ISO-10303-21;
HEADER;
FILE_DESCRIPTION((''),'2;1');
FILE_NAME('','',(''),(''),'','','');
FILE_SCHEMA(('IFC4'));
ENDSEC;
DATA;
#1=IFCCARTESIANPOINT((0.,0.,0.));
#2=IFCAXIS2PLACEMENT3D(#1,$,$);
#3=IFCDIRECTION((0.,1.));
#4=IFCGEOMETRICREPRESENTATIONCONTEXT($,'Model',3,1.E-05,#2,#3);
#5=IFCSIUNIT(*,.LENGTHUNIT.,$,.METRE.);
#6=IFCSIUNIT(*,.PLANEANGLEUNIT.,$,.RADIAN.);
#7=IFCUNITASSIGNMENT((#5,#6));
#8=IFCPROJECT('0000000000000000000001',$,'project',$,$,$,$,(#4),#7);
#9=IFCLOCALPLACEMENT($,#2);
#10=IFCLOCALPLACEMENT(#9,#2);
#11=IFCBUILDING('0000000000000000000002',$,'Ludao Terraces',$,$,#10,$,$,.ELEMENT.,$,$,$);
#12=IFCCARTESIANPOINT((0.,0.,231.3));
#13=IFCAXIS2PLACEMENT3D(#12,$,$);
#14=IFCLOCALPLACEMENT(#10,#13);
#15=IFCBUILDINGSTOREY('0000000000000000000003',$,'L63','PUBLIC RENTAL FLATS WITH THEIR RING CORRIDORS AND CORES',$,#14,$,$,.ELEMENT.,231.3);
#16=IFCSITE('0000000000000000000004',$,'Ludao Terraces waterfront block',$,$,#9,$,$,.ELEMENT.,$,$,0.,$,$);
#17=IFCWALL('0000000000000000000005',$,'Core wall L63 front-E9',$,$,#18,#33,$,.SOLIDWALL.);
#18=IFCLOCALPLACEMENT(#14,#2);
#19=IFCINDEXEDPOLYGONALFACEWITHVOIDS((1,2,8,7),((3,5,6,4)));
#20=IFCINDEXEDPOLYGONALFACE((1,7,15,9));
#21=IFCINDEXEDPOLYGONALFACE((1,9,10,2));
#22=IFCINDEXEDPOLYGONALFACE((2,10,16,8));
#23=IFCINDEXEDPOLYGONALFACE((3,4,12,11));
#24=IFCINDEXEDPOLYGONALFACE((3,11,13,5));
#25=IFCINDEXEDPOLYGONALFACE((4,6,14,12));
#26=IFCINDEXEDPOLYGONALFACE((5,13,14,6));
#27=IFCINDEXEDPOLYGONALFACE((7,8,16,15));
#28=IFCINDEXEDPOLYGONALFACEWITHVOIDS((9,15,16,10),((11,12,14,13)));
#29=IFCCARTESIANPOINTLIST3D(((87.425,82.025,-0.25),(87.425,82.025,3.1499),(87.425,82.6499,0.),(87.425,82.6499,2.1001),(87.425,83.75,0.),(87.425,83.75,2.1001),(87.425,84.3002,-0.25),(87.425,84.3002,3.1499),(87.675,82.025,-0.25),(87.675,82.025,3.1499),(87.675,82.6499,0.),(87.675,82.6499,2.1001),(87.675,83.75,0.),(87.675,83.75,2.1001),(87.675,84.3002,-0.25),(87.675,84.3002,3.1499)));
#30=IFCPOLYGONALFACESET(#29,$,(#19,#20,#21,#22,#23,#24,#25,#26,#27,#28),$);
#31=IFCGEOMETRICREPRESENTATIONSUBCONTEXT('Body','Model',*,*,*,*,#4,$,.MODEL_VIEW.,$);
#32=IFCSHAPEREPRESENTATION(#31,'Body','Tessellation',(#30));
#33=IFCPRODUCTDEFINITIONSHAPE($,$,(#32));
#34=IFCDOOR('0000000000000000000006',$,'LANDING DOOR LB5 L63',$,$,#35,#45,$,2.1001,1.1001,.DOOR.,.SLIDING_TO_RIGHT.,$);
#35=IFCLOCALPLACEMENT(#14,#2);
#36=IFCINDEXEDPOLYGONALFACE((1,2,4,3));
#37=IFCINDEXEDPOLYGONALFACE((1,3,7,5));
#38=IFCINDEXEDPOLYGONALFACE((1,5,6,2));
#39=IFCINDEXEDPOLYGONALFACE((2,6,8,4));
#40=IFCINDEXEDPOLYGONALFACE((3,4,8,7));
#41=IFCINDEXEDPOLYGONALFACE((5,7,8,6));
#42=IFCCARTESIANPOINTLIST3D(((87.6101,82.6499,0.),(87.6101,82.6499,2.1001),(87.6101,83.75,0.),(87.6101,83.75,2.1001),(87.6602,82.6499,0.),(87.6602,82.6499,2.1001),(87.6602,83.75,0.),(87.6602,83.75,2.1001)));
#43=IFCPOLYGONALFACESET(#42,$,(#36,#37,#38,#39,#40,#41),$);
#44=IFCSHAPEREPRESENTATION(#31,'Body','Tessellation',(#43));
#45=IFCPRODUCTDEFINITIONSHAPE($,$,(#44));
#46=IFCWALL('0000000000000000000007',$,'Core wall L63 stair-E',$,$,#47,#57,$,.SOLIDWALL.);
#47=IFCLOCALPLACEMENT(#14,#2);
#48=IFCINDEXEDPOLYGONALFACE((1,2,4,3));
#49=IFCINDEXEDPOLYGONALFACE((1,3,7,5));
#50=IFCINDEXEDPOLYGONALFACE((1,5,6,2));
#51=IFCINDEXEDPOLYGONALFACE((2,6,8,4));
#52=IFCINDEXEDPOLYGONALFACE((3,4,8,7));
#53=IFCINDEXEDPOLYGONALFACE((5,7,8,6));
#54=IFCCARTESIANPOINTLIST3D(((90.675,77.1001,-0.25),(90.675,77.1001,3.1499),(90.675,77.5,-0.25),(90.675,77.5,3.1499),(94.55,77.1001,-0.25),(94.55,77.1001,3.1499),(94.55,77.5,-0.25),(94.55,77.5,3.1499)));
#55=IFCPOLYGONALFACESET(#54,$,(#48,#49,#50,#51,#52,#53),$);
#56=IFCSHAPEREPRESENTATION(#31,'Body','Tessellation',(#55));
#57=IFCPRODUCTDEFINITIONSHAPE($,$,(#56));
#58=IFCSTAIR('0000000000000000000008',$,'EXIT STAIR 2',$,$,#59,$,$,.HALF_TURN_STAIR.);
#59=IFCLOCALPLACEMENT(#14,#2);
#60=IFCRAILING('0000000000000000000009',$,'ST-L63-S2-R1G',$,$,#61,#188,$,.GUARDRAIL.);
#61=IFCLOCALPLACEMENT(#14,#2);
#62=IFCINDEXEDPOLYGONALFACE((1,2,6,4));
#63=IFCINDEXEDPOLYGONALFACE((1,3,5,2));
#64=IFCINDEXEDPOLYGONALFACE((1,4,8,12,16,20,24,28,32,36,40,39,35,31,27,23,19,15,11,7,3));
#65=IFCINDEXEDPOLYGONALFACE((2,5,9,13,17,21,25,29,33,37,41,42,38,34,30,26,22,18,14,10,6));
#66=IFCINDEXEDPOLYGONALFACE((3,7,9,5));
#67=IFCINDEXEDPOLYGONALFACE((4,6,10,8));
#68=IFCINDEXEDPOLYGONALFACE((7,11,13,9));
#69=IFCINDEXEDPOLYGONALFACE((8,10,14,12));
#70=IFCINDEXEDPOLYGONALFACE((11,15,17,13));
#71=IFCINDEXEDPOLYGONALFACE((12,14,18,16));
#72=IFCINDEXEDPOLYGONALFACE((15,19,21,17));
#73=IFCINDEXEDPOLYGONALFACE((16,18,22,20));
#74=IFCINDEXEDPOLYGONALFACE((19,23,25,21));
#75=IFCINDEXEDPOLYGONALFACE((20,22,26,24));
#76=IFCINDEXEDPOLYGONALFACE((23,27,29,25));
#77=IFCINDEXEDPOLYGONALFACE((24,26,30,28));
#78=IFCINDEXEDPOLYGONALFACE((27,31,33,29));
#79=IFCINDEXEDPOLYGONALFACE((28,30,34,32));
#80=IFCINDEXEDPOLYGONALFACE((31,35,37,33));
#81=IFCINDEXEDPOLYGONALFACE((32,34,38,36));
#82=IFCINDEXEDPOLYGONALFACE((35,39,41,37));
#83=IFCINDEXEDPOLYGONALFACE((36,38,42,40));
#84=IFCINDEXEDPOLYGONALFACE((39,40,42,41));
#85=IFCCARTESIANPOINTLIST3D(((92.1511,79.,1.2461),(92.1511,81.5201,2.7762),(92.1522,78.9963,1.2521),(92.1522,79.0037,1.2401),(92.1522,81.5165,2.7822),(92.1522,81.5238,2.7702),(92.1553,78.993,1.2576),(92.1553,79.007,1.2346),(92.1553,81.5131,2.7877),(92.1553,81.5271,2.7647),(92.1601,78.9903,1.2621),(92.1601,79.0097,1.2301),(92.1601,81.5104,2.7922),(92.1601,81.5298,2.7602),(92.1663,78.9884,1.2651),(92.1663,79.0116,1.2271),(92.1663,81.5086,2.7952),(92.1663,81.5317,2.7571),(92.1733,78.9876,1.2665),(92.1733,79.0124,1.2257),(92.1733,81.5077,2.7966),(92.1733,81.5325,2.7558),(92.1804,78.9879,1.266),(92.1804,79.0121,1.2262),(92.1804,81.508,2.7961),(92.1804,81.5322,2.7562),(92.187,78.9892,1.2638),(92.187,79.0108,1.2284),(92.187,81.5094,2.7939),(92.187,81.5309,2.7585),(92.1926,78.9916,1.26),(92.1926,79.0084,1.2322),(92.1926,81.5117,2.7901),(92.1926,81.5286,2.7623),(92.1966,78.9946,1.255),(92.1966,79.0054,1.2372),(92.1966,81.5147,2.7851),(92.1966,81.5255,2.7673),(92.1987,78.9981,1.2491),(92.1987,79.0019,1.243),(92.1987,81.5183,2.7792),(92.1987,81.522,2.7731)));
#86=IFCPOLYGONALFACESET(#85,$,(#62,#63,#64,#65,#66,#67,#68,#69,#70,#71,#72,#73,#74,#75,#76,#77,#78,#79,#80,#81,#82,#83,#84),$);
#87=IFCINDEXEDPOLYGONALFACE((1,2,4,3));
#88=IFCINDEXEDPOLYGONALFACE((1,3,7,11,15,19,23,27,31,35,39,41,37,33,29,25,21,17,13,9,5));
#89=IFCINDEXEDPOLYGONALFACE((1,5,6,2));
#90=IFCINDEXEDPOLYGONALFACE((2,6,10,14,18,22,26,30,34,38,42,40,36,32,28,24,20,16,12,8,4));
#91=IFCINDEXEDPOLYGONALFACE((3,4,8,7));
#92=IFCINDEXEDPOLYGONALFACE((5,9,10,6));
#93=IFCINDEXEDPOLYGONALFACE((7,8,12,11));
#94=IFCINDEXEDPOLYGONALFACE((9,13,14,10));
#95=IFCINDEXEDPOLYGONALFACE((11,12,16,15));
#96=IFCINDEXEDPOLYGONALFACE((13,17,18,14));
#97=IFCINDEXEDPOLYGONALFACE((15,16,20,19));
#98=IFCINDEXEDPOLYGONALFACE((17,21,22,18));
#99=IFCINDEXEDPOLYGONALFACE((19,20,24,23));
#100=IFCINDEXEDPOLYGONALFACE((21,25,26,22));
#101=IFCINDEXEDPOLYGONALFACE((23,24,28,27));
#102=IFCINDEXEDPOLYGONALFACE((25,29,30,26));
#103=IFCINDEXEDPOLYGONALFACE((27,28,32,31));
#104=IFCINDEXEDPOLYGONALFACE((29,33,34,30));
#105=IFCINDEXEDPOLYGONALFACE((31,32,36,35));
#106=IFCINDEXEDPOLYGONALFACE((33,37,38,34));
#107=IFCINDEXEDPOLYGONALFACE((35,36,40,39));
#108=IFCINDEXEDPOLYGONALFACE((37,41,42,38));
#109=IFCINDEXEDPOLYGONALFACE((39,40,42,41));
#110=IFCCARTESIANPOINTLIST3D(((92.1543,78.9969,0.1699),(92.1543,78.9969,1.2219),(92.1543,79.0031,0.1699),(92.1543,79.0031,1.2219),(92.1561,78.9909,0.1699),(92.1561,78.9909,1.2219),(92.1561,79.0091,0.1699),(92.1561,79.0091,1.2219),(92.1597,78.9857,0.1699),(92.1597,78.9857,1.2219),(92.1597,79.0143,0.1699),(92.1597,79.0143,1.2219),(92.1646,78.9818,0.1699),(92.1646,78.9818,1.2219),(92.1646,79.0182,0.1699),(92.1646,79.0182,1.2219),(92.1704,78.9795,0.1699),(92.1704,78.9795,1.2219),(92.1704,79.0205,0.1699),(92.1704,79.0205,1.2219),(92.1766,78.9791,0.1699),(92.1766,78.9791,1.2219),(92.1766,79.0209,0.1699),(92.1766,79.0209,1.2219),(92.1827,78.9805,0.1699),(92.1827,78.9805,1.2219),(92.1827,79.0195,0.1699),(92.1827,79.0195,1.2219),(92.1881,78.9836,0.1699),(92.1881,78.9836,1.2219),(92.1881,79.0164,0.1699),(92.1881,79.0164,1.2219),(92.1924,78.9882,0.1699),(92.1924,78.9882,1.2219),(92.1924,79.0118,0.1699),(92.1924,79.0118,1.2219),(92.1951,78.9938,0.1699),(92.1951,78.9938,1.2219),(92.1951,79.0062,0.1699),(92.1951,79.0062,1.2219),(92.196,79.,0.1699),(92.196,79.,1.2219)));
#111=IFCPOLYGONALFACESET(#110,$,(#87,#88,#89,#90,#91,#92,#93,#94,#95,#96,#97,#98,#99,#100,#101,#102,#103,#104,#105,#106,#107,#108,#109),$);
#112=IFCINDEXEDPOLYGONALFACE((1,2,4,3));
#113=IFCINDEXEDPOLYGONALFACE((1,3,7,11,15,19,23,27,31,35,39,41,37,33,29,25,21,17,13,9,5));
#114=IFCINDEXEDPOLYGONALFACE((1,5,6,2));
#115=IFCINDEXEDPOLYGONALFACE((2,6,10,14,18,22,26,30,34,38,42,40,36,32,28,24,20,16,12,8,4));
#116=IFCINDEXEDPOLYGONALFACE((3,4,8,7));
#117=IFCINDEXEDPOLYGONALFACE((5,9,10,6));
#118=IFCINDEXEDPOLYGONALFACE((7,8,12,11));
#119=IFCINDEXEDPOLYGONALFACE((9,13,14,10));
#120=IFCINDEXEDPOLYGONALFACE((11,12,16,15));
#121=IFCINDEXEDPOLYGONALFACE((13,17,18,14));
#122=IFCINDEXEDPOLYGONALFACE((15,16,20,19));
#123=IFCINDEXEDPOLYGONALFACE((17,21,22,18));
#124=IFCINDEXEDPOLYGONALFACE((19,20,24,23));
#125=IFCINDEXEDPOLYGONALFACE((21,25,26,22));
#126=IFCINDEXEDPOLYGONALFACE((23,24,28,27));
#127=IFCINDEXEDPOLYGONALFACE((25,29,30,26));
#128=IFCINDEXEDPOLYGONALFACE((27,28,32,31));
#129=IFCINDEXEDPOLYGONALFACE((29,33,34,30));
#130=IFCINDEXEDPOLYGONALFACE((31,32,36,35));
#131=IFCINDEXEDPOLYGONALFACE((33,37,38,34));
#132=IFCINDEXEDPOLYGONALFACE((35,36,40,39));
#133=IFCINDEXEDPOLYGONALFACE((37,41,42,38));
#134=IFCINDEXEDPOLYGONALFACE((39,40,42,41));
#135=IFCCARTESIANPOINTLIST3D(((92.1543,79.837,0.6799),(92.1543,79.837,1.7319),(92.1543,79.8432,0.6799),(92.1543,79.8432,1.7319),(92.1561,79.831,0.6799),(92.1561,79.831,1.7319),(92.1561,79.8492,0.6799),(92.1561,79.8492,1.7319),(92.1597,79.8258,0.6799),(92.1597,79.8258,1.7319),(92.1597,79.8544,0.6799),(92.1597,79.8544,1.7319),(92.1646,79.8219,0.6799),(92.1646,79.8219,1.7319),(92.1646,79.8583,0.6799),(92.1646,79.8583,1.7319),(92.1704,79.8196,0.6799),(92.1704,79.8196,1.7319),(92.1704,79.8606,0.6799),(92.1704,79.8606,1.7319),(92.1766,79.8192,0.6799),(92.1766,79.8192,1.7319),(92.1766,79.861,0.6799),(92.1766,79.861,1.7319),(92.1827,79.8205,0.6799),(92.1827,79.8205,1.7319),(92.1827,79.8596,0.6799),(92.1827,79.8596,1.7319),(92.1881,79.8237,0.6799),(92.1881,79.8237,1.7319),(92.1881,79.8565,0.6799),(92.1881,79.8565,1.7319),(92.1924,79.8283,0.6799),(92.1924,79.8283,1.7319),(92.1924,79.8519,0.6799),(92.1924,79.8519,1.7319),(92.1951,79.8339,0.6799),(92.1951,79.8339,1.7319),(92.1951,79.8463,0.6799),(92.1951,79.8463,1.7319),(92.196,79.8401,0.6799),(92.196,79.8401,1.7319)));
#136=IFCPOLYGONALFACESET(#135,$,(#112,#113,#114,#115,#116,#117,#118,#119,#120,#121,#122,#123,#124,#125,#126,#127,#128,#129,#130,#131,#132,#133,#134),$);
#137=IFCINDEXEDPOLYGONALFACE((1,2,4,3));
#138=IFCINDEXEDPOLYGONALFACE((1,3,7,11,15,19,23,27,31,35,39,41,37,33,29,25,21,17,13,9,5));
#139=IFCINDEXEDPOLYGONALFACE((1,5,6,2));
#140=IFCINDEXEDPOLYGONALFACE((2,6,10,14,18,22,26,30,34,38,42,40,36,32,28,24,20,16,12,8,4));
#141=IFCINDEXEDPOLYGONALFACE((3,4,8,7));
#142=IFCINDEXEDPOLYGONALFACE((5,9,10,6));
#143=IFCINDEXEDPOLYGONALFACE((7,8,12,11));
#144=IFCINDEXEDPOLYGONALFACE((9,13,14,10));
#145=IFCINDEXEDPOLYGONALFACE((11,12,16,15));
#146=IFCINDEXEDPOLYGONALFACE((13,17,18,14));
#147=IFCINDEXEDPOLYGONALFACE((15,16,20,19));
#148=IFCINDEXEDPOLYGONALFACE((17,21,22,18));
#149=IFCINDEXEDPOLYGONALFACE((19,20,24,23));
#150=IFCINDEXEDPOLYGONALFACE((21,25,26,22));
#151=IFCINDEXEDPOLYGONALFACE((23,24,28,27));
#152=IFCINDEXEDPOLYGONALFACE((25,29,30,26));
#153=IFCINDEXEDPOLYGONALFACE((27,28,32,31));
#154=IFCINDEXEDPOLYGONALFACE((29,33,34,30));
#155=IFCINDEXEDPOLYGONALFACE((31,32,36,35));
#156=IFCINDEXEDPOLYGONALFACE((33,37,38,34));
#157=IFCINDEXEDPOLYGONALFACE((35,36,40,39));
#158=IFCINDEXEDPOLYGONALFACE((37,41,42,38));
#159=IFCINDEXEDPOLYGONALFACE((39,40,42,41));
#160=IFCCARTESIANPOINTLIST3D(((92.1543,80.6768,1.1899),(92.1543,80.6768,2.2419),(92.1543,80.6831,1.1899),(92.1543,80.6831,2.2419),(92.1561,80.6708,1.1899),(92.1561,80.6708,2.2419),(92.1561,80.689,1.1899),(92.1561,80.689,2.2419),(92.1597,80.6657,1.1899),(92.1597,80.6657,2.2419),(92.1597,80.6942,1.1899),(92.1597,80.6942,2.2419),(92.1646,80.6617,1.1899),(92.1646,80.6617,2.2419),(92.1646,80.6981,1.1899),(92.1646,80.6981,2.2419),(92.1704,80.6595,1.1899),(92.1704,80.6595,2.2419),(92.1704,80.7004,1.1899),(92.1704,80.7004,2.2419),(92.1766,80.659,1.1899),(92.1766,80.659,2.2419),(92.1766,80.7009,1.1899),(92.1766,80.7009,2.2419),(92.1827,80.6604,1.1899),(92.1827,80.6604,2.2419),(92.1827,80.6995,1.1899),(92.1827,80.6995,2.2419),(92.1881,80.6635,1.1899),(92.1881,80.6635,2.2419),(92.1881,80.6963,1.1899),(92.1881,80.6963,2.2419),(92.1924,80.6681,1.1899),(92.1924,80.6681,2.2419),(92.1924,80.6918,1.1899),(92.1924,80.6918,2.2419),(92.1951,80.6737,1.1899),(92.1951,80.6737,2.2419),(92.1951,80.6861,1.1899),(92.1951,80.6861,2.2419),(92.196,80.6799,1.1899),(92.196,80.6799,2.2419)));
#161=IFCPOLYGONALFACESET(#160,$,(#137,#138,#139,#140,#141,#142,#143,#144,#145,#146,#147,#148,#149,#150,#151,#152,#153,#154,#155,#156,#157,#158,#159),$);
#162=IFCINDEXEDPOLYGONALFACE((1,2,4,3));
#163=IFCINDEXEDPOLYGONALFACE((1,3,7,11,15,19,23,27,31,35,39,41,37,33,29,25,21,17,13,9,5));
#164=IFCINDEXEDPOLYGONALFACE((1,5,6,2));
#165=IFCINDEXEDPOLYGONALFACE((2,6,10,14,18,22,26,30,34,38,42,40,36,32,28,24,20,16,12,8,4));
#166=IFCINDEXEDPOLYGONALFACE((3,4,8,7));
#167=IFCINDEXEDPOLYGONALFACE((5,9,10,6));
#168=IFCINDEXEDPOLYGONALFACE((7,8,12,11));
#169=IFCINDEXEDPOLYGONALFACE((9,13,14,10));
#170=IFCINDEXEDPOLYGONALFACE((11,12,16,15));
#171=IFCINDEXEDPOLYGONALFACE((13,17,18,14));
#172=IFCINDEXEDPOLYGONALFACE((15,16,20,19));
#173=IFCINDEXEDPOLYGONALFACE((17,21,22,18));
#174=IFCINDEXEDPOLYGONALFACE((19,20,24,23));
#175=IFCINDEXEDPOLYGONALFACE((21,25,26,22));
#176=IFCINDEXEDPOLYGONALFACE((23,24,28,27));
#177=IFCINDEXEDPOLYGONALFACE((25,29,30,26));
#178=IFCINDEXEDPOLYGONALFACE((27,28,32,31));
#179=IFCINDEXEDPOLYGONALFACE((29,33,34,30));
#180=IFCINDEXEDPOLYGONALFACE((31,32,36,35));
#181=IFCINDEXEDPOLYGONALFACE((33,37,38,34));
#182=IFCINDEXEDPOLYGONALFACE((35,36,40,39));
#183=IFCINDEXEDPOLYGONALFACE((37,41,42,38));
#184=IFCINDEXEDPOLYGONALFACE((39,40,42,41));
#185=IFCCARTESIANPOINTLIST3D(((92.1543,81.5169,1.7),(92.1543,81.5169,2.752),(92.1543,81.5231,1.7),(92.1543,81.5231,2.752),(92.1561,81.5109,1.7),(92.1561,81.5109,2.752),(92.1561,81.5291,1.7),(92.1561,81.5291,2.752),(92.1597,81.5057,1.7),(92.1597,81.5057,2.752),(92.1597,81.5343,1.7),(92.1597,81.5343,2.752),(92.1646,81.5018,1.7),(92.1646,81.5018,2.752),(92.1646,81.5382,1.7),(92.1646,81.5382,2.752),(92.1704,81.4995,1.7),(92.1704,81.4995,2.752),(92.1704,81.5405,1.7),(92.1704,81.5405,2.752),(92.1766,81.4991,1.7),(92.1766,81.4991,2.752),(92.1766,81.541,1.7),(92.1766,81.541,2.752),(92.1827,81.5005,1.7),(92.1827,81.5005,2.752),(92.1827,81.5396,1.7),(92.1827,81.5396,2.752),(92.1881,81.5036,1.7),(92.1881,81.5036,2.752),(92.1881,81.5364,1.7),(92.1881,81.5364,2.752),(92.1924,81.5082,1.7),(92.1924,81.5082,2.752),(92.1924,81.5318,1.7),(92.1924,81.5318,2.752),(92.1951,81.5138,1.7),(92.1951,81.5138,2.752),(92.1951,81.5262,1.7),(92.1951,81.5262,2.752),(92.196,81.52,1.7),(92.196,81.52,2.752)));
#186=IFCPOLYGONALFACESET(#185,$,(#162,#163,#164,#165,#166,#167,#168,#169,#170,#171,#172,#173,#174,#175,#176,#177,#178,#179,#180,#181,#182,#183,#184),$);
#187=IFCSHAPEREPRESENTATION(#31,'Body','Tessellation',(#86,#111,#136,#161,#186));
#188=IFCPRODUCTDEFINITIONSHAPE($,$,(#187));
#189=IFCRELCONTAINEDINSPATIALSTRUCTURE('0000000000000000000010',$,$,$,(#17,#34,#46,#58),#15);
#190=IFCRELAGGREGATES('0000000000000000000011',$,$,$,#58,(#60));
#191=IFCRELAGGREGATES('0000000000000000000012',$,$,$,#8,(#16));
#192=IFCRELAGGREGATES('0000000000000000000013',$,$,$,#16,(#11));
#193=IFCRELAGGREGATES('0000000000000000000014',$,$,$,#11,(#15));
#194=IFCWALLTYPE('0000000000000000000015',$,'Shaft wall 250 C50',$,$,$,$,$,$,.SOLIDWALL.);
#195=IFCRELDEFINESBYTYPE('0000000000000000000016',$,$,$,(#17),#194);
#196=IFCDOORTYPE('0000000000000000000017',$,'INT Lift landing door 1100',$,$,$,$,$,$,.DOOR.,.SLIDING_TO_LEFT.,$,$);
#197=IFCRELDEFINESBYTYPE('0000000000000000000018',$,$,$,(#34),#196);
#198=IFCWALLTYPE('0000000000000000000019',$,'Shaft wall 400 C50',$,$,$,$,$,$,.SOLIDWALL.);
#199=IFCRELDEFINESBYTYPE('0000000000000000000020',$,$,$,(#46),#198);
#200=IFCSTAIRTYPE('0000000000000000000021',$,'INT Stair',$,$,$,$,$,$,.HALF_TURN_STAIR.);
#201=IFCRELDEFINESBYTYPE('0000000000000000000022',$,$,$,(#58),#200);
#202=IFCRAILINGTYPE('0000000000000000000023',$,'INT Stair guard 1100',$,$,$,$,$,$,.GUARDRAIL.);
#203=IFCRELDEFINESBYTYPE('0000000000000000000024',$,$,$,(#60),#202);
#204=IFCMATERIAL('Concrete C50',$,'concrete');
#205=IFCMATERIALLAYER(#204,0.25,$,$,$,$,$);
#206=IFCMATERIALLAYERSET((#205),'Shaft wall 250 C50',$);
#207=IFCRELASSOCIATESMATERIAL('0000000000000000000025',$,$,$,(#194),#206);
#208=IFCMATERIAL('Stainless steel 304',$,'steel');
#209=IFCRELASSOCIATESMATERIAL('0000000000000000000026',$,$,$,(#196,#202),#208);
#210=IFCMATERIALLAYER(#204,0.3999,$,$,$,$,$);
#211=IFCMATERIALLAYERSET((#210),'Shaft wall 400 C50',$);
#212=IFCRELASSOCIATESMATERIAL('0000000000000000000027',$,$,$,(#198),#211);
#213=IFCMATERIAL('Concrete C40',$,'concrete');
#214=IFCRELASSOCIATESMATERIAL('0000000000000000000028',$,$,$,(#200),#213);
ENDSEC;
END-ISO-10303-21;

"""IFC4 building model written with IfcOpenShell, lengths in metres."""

from ifc_helpers import new_model, si_unit, direction, frame, frame_2d, origin, origin_2d, place, context, subcontext, project, spatial, rectangle, circle, extrude, material, layer, layer_set, type_object, element, fill, aggregate, save


model = new_model("IFC4")

# Units and contexts
model_context = context("Model", 3, precision=1e-05, world=origin(), true_north=direction((0.0, 1.0)))
body_context = subcontext(model_context, "Body", "Model", "MODEL_VIEW")
ifc_project = project(units=[si_unit("LENGTHUNIT", "METRE"), si_unit("PLANEANGLEUNIT", "RADIAN")], contexts=[model_context])

# Site, building, storey
site_placement = place(None, origin())
site = spatial("IfcSite", under=ifc_project, at=site_placement, Name="Ludao Terraces waterfront block", CompositionType="ELEMENT", RefElevation=0.0)
building_placement = place(site_placement, origin())
building = spatial("IfcBuilding", under=site, at=building_placement, Name="Ludao Terraces", CompositionType="ELEMENT")
storey_placement = place(building_placement, frame((0.0, 0.0, 231.3)))
storey = spatial("IfcBuildingStorey", under=building, at=storey_placement, Name="L63", Description="PUBLIC RENTAL FLATS WITH THEIR RING CORRIDORS AND CORES", CompositionType="ELEMENT", Elevation=231.3)

# Shared definitions
ifc_material_1 = material(Name="Concrete C50", Category="concrete")

# Shared definitions
ifc_layer_1 = layer(ifc_material_1, 0.25)
ifc_layer_set_1 = layer_set([ifc_layer_1], Name="Shaft wall 250 C50")
wall_type_1 = type_object("IfcWallType", Name="Shaft wall 250 C50", PredefinedType="SOLIDWALL", material=ifc_layer_set_1)

# Shared definitions
ifc_material_2 = material(Name="Stainless steel 304", Category="steel")
door_type_1 = type_object("IfcDoorType", Name="INT Lift landing door 1100", OperationType="SLIDING_TO_LEFT", PredefinedType="DOOR", material=ifc_material_2)

# Wall, opening, door
wall_1_placement = place(storey_placement, frame((87.55, 82.0249, -0.25), z_axis=(0.0, 0.0, 1.0), x_axis=(0.0, 1.0, 0.0)))
wall_1 = element("IfcWall", 1, at=wall_1_placement, inside=storey, type_object=wall_type_1, Name="Core wall L63 front-E9", PredefinedType="SOLIDWALL", context=body_context, shape_type="SweptSolid", body=[
    extrude(rectangle(XDim=2.2751, YDim=0.25, at=frame_2d((1.1377, 0.0))), origin(), (0.0, 0.0, 1.0), 3.3999),
])
opening_1_placement = place(wall_1_placement, frame((0.625, 0.0, 0.25)))
opening_1 = element("IfcOpeningElement", 2, at=opening_1_placement, cuts=wall_1, PredefinedType="OPENING", context=body_context, shape_type="SweptSolid", body=[
    extrude(rectangle(XDim=1.1001, YDim=2.1001, at=frame_2d((0.55, 1.05))), frame((0.0, 0.135, 0.0), z_axis=(0.0, -1.0, 0.0), x_axis=(1.0, 0.0, 0.0)), (0.0, 0.0, 1.0), 0.27),
])
door_1_placement = place(opening_1_placement, origin())
door_1 = element("IfcDoor", 3, at=door_1_placement, inside=storey, type_object=door_type_1, Name="LANDING DOOR LB5 L63", OperationType="SLIDING_TO_RIGHT", OverallHeight=2.1001, OverallWidth=1.1001, PredefinedType="DOOR", context=body_context, shape_type="SweptSolid", body=[
    extrude(rectangle(XDim=1.1001, YDim=2.1001, at=frame_2d((0.55, 1.05))), frame((0.0, -0.0601, 0.0), z_axis=(0.0, -1.0, 0.0), x_axis=(1.0, 0.0, 0.0)), (0.0, 0.0, 1.0), 0.05),
])
fill(opening_1, door_1)

# Wall
ifc_layer_2 = layer(ifc_material_1, 0.3999)
ifc_layer_set_2 = layer_set([ifc_layer_2], Name="Shaft wall 400 C50")
wall_type_2 = type_object("IfcWallType", Name="Shaft wall 400 C50", PredefinedType="SOLIDWALL", material=ifc_layer_set_2)
wall_2_placement = place(storey_placement, frame((90.675, 77.3, -0.25), z_axis=(0.0, 0.0, 1.0), x_axis=(1.0, 0.0, 0.0)))
element("IfcWall", 4, at=wall_2_placement, inside=storey, type_object=wall_type_2, Name="Core wall L63 stair-E", PredefinedType="SOLIDWALL", context=body_context, shape_type="SweptSolid", body=[
    extrude(rectangle(XDim=3.875, YDim=0.3999, at=frame_2d((1.9375, 0.0))), origin(), (0.0, 0.0, 1.0), 3.3999),
])

# Stair, railing
ifc_material_3 = material(Name="Concrete C40", Category="concrete")
stair_type = type_object("IfcStairType", Name="INT Stair", PredefinedType="HALF_TURN_STAIR", material=ifc_material_3)
stair_placement = place(storey_placement, origin())
stair = element("IfcStair", 5, at=stair_placement, inside=storey, type_object=stair_type, Name="EXIT STAIR 2", PredefinedType="HALF_TURN_STAIR")
railing_type_1 = type_object("IfcRailingType", Name="INT Stair guard 1100", PredefinedType="GUARDRAIL", material=ifc_material_2)
railing_1_placement = place(storey_placement, frame((92.175, 79.0, 0.1699)))
railing_1 = element("IfcRailing", 6, at=railing_1_placement, type_object=railing_type_1, Name="ST-L63-S2-R1G", PredefinedType="GUARDRAIL", context=body_context, shape_type="SweptSolid", body=[
    extrude(circle(Radius=0.0239, at=origin_2d()), frame((0.0, 0.0, 1.0762), z_axis=(0.0, 0.854785, 0.518982), x_axis=(-1.0, 0.0, 0.0)), (0.0, 0.0, 1.0), 2.9482),
    extrude(circle(Radius=0.021, at=origin_2d()), origin(), (0.0, 0.0, 1.0), 1.052),
    extrude(circle(Radius=0.021, at=origin_2d()), frame((0.0, 0.8401, 0.51)), (0.0, 0.0, 1.0), 1.052),
    extrude(circle(Radius=0.021, at=origin_2d()), frame((0.0, 1.6799, 1.02)), (0.0, 0.0, 1.0), 1.052),
    extrude(circle(Radius=0.021, at=origin_2d()), frame((0.0, 2.52, 1.53)), (0.0, 0.0, 1.0), 1.052),
])
aggregate(stair, [railing_1])

save(model, "model.ifc")
